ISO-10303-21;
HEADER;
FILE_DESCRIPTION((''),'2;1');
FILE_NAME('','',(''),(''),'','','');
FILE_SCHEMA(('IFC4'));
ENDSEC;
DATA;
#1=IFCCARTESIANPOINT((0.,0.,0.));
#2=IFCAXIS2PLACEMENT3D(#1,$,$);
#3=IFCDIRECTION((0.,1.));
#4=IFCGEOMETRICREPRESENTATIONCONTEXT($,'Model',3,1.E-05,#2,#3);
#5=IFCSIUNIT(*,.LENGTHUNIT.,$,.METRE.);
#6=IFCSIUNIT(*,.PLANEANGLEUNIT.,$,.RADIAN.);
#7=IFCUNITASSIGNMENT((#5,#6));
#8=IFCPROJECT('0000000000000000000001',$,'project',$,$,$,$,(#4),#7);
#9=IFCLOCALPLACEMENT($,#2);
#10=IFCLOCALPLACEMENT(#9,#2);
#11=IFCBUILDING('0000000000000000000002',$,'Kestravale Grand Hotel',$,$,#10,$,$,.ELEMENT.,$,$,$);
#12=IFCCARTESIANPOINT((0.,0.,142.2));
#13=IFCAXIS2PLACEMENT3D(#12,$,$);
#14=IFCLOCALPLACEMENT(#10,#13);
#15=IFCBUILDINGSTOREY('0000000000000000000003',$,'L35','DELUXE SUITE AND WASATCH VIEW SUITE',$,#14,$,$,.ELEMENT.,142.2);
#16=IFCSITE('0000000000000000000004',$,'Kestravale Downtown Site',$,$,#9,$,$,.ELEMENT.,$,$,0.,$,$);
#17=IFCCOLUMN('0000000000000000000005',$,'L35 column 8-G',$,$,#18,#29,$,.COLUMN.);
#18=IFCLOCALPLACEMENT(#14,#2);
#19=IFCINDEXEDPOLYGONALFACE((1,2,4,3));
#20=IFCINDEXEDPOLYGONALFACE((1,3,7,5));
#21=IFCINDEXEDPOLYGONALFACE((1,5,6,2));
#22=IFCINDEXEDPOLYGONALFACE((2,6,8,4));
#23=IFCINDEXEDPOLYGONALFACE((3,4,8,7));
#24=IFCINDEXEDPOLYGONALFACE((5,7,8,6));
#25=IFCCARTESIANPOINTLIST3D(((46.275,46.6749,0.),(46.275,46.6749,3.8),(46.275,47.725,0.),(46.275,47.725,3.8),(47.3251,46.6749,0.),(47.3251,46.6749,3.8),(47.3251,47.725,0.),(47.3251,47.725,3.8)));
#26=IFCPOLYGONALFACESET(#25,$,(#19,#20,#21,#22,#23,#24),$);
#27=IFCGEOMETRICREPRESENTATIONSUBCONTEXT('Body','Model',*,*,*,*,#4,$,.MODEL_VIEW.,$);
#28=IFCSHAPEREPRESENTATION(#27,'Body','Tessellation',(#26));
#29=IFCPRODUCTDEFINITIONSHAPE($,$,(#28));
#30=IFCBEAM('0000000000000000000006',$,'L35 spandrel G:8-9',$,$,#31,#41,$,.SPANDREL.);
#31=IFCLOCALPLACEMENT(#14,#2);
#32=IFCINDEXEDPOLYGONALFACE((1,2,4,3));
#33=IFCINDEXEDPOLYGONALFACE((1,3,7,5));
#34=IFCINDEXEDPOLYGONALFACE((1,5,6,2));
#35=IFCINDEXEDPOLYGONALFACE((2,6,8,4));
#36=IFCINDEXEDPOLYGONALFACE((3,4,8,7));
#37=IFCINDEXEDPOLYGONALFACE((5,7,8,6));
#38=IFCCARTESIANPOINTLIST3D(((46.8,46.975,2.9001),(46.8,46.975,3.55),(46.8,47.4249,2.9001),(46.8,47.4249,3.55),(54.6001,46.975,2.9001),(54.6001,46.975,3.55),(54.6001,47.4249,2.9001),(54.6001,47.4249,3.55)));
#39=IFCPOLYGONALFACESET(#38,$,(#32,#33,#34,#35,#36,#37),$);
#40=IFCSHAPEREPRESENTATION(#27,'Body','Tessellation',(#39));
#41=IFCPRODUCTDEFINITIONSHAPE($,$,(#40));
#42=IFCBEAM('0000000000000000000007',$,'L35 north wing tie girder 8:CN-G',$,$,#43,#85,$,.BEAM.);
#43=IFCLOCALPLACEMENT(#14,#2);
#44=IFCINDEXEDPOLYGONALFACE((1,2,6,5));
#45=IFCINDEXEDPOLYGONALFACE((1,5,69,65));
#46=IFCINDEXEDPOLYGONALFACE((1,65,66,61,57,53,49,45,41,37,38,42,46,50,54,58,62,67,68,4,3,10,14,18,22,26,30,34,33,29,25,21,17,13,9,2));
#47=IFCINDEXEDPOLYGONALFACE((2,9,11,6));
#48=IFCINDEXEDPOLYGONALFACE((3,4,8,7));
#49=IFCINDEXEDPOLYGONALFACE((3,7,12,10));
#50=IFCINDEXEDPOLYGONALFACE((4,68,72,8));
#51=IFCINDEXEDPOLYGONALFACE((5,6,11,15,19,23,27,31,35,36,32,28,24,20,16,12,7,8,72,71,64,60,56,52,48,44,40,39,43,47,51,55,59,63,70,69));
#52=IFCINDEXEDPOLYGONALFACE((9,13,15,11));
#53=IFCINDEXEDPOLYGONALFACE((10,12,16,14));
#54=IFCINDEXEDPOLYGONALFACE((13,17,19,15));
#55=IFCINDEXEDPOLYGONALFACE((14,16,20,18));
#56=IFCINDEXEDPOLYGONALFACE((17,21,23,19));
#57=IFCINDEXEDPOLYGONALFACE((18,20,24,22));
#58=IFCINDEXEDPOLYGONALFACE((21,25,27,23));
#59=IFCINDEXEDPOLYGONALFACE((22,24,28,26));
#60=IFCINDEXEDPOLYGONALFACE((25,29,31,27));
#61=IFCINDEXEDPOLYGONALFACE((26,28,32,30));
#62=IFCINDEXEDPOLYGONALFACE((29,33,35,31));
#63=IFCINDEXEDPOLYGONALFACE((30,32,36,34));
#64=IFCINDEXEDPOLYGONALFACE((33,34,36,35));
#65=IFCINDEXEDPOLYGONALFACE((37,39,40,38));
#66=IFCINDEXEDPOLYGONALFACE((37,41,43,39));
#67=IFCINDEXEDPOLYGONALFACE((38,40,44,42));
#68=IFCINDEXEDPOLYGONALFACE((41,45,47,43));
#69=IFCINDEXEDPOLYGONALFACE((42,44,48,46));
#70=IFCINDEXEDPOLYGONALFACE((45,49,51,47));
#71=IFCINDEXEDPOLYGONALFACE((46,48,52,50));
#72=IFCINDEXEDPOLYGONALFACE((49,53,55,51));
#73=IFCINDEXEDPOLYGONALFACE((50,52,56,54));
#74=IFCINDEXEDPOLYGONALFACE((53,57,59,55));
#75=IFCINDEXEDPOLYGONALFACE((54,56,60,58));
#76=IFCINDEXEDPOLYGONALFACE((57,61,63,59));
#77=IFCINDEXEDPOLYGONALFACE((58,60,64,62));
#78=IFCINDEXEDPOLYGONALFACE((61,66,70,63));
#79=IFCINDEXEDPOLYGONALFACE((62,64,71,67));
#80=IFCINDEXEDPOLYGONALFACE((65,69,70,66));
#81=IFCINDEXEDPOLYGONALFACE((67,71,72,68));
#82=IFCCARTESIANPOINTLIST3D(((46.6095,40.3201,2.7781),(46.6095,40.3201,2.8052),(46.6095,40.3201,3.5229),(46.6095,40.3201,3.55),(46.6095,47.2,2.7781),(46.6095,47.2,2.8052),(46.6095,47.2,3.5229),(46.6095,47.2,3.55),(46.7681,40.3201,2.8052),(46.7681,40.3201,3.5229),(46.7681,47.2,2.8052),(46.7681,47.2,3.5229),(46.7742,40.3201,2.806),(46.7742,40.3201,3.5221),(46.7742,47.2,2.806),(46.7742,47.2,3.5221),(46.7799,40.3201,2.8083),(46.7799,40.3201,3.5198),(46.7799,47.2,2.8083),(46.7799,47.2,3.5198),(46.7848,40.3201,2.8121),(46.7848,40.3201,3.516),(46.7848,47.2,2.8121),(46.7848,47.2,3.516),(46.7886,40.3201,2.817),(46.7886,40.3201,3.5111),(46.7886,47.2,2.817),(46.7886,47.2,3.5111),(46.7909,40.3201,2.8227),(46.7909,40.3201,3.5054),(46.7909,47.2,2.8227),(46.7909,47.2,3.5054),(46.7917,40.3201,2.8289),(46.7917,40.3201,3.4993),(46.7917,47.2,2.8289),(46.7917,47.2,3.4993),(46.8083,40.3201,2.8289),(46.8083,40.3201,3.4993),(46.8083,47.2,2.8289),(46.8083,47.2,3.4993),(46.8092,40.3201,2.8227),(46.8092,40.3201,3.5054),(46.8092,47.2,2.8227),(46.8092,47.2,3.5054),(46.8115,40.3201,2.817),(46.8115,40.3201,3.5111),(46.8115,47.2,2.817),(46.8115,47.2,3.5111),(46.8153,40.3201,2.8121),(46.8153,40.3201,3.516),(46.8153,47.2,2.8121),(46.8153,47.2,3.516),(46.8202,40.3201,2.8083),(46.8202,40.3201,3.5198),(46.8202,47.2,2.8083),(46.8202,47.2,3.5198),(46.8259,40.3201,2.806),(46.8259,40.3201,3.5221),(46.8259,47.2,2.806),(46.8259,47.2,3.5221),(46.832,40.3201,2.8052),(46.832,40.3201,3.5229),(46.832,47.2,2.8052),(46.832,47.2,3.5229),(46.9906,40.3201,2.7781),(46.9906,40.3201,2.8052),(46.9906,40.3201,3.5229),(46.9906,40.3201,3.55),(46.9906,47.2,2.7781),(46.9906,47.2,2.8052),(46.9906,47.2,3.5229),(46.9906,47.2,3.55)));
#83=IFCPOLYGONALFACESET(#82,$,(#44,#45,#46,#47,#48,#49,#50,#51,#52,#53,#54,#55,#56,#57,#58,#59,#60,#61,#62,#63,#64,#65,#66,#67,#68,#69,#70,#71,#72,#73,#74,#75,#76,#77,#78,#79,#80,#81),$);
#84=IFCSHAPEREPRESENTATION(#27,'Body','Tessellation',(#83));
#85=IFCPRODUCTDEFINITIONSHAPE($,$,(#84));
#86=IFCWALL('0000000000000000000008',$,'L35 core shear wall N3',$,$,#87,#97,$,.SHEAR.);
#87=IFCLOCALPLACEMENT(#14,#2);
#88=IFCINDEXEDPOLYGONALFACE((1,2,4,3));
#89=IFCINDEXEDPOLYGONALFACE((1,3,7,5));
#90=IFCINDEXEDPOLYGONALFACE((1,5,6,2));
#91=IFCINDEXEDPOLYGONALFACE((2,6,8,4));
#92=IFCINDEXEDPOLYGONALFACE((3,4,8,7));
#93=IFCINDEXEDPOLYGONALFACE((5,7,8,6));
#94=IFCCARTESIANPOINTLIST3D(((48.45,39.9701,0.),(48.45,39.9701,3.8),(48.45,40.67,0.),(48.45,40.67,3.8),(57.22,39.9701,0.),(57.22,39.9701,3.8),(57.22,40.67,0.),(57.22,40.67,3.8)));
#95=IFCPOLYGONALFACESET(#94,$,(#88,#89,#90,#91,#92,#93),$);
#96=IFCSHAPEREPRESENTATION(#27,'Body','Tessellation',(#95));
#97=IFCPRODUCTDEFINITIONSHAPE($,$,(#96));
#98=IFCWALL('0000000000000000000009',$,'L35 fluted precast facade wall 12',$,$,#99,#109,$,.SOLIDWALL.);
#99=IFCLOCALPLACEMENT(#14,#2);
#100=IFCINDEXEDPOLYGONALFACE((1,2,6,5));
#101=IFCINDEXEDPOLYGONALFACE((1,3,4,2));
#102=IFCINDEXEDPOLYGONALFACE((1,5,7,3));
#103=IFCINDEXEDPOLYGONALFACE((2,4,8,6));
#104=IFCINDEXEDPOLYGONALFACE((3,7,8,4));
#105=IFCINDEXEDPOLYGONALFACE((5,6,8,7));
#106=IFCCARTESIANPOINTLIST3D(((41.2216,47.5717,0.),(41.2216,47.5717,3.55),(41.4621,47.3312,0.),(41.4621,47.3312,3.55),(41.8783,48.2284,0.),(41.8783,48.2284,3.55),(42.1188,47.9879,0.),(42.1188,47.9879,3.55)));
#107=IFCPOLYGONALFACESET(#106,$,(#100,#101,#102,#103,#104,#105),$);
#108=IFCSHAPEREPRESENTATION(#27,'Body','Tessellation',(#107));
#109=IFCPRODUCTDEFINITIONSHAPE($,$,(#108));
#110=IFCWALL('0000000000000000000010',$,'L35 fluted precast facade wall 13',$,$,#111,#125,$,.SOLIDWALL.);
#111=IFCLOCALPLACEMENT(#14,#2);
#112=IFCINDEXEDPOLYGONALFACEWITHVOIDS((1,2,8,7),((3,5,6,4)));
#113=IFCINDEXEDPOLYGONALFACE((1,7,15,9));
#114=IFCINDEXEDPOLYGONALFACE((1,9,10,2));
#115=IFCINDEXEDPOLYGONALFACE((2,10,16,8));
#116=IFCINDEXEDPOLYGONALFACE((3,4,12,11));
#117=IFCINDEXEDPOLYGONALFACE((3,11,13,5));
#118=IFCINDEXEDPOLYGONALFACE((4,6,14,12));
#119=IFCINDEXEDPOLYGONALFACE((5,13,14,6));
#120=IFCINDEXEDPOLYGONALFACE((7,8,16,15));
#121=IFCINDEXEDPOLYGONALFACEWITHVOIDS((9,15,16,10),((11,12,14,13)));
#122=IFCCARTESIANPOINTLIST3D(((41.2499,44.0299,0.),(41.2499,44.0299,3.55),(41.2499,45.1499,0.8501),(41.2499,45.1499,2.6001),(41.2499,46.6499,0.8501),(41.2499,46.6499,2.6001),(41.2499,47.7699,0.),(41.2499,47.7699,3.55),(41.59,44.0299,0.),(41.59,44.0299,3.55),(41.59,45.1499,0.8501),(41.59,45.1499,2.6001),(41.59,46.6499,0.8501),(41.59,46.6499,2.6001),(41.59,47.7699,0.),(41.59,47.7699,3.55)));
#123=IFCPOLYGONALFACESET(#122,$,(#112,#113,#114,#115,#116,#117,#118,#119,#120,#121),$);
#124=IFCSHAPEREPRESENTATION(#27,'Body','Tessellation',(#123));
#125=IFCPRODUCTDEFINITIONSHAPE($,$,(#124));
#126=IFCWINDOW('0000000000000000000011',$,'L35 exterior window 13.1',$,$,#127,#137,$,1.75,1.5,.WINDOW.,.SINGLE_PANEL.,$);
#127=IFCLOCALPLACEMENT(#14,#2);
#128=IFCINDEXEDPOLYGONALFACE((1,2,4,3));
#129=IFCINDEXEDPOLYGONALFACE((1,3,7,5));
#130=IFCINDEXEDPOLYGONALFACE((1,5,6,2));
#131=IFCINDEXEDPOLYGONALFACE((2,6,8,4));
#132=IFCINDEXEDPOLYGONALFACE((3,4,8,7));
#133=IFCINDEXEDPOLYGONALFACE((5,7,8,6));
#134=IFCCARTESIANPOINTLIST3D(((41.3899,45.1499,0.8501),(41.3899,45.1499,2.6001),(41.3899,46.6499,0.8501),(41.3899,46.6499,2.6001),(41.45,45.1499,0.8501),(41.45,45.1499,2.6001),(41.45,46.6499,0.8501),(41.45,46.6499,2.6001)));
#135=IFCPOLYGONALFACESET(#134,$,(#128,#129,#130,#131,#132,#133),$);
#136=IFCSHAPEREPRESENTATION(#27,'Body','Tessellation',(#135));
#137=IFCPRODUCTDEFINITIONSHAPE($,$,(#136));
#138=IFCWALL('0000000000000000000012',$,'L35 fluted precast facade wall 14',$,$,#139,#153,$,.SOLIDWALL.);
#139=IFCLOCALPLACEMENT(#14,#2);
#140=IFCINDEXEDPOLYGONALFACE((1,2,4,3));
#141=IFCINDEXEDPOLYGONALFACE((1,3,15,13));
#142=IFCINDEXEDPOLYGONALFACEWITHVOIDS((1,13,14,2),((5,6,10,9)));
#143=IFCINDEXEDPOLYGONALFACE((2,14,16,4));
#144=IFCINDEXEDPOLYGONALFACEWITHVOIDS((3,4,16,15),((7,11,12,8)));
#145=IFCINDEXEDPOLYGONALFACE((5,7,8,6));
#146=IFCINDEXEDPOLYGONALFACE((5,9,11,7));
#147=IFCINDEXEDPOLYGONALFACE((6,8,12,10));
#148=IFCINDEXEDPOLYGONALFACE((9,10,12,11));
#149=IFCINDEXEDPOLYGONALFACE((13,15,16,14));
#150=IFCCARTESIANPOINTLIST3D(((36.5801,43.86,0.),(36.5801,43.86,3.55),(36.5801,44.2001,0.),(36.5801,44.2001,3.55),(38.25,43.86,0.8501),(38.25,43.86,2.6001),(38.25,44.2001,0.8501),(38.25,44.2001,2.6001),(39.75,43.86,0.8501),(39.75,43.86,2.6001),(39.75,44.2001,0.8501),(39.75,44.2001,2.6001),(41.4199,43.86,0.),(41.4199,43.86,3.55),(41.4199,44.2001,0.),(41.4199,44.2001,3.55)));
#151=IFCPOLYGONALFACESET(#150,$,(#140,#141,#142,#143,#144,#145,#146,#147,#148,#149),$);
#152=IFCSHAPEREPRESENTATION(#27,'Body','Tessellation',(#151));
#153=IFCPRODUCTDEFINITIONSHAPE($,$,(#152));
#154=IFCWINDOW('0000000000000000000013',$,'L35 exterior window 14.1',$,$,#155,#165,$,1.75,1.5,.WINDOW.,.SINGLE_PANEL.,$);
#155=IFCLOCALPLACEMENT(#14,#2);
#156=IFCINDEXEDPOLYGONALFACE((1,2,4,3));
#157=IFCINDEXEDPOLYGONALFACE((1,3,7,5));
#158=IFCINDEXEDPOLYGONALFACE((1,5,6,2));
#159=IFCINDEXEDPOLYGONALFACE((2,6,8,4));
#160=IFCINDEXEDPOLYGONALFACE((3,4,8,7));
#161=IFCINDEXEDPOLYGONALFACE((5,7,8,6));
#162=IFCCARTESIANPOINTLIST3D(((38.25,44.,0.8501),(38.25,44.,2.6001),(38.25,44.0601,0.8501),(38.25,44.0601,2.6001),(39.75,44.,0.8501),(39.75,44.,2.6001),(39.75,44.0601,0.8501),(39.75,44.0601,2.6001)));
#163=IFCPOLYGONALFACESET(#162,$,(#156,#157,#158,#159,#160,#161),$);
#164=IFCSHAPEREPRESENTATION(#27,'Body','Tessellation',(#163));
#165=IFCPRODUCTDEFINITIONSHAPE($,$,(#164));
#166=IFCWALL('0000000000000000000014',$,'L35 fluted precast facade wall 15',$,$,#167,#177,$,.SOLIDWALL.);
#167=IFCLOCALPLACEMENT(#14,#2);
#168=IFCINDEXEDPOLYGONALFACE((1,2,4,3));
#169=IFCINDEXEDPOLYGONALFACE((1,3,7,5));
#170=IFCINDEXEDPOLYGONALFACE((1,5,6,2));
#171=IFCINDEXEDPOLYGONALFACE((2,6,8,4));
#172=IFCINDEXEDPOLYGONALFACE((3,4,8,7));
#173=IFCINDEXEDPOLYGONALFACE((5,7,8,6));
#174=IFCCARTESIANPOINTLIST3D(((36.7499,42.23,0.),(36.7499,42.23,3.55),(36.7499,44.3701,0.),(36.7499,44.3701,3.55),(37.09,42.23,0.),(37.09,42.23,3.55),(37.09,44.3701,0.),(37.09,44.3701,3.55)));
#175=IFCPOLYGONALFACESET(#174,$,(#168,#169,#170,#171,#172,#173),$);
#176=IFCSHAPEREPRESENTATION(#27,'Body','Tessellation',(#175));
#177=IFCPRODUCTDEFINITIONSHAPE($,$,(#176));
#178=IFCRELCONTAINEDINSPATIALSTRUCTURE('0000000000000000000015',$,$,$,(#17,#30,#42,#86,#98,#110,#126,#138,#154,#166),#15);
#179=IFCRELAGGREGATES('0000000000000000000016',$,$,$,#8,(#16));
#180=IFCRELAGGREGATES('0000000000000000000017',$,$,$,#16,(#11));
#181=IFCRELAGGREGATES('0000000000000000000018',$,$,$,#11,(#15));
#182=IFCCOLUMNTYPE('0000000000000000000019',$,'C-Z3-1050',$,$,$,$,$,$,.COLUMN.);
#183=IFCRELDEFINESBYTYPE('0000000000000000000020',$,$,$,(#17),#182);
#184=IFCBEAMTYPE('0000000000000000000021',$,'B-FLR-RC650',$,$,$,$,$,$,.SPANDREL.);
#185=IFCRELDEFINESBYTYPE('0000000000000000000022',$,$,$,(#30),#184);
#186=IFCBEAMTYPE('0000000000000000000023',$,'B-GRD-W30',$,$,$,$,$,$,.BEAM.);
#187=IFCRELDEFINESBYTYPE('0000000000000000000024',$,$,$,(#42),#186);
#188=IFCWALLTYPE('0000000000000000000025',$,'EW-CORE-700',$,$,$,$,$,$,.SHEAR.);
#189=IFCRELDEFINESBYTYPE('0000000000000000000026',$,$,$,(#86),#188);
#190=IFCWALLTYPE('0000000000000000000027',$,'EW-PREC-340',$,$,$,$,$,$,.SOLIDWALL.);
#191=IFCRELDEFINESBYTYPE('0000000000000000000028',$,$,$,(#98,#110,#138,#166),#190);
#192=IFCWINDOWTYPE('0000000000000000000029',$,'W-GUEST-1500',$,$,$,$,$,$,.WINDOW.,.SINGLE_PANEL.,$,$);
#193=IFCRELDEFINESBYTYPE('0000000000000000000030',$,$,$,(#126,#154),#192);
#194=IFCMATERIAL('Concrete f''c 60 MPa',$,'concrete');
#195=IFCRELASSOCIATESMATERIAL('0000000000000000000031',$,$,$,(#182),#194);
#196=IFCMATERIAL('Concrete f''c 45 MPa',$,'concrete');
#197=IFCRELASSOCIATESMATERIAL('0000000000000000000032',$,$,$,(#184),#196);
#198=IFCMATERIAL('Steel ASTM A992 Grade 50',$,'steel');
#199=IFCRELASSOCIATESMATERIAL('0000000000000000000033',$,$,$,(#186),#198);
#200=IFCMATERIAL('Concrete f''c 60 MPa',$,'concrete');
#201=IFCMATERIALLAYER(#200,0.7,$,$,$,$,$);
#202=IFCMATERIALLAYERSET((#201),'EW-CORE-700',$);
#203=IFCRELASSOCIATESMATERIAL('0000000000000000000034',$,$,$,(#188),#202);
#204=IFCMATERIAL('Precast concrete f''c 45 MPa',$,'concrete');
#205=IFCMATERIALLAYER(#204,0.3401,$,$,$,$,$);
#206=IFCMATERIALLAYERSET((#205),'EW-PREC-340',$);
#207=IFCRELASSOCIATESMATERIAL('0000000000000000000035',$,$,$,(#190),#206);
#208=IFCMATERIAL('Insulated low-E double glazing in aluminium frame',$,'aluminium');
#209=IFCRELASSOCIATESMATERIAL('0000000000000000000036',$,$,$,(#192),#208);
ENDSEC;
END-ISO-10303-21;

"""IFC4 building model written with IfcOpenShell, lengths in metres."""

from ifc_helpers import new_model, si_unit, direction, frame, frame_2d, origin, origin_2d, place, context, subcontext, project, spatial, rectangle, i_section, extrude, material, layer, layer_set, material_profile, profile_set, type_object, element, fill, save


model = new_model("IFC4")

# Units and contexts
model_context = context("Model", 3, precision=1e-05, world=origin(), true_north=direction((0.0, 1.0)))
body_context = subcontext(model_context, "Body", "Model", "MODEL_VIEW")
ifc_project = project(units=[si_unit("LENGTHUNIT", "METRE"), si_unit("PLANEANGLEUNIT", "RADIAN")], contexts=[model_context])

# Site, building, storey
site_placement = place(None, origin())
site = spatial("IfcSite", under=ifc_project, at=site_placement, Name="Kestravale Downtown Site", CompositionType="ELEMENT", RefElevation=0.0)
building_placement = place(site_placement, origin())
building = spatial("IfcBuilding", under=site, at=building_placement, Name="Kestravale Grand Hotel", CompositionType="ELEMENT")
storey_placement = place(building_placement, frame((0.0, 0.0, 142.2)))
storey = spatial("IfcBuildingStorey", under=building, at=storey_placement, Name="L35", Description="DELUXE SUITE AND WASATCH VIEW SUITE", CompositionType="ELEMENT", Elevation=142.2)

# Column
ifc_material_1 = material(Name="Concrete f'c 60 MPa", Category="concrete")
ifc_material_profile_1 = material_profile(ifc_material_1, rectangle(XDim=1.05, YDim=1.05, at=origin_2d()))
ifc_profile_set_1 = profile_set([ifc_material_profile_1], Name="Concrete f'c 60 MPa")
column_type = type_object("IfcColumnType", Name="C-Z3-1050", PredefinedType="COLUMN", material=ifc_profile_set_1)
column_placement = place(storey_placement, frame((46.8, 47.2, 0.0), z_axis=(0.0, 0.0, 1.0), x_axis=(1.0, 0.0, 0.0)))
element("IfcColumn", 1, at=column_placement, inside=storey, type_object=column_type, Name="L35 column 8-G", PredefinedType="COLUMN", context=body_context, shape_type="SweptSolid", body=[
    extrude(rectangle(XDim=1.05, YDim=1.05, at=origin_2d()), origin(), (0.0, 0.0, 1.0), 3.8),
])

# Beams
ifc_material_2 = material(Name="Concrete f'c 45 MPa", Category="concrete")
ifc_material_profile_2 = material_profile(ifc_material_2, rectangle(XDim=0.45, YDim=0.6499, at=origin_2d()))
ifc_profile_set_2 = profile_set([ifc_material_profile_2], Name="Concrete f'c 45 MPa")
beam_type_1 = type_object("IfcBeamType", Name="B-FLR-RC650", PredefinedType="SPANDREL", material=ifc_profile_set_2)
beam_1_placement = place(storey_placement, frame((46.8, 47.2, 3.2251), z_axis=(1.0, 0.0, 0.0), x_axis=(0.0, 1.0, 0.0)))
element("IfcBeam", 2, at=beam_1_placement, inside=storey, type_object=beam_type_1, Name="L35 spandrel G:8-9", PredefinedType="SPANDREL", context=body_context, shape_type="SweptSolid", body=[
    extrude(rectangle(XDim=0.45, YDim=0.6499, at=origin_2d()), origin(), (0.0, 0.0, 1.0), 7.8),
])
ifc_material_3 = material(Name="Steel ASTM A992 Grade 50", Category="steel")
ifc_material_profile_3 = material_profile(ifc_material_3, i_section(OverallWidth=0.3811, OverallDepth=0.772, WebThickness=0.0166, FlangeThickness=0.0271, FilletRadius=0.0237, at=origin_2d()))
ifc_profile_set_3 = profile_set([ifc_material_profile_3], Name="Steel ASTM A992 Grade 50")
beam_type_2 = type_object("IfcBeamType", Name="B-GRD-W30", PredefinedType="BEAM", material=ifc_profile_set_3)
beam_2_placement = place(storey_placement, frame((46.8, 40.3201, 3.1641), z_axis=(0.0, 1.0, 0.0), x_axis=(-1.0, 0.0, 0.0)))
element("IfcBeam", 3, at=beam_2_placement, inside=storey, type_object=beam_type_2, Name="L35 north wing tie girder 8:CN-G", PredefinedType="BEAM", context=body_context, shape_type="SweptSolid", body=[
    extrude(i_section(OverallWidth=0.3811, OverallDepth=0.772, WebThickness=0.0166, FlangeThickness=0.0271, FilletRadius=0.0237, at=origin_2d()), origin(), (0.0, 0.0, 1.0), 6.8799),
])

# Walls
ifc_material_4 = material(Name="Concrete f'c 60 MPa", Category="concrete")
ifc_layer_1 = layer(ifc_material_4, 0.7)
ifc_layer_set_1 = layer_set([ifc_layer_1], Name="EW-CORE-700")
wall_type_1 = type_object("IfcWallType", Name="EW-CORE-700", PredefinedType="SHEAR", material=ifc_layer_set_1)
wall_1_placement = place(storey_placement, frame((48.45, 40.3201, 0.0), z_axis=(0.0, 0.0, 1.0), x_axis=(1.0, 0.0, 0.0)))
element("IfcWall", 4, at=wall_1_placement, inside=storey, type_object=wall_type_1, Name="L35 core shear wall N3", PredefinedType="SHEAR", context=body_context, shape_type="SweptSolid", body=[
    extrude(rectangle(XDim=8.77, YDim=0.7, at=frame_2d((4.385, 0.0))), origin(), (0.0, 0.0, 1.0), 3.8),
])
ifc_material_5 = material(Name="Precast concrete f'c 45 MPa", Category="concrete")
ifc_layer_2 = layer(ifc_material_5, 0.3401)
ifc_layer_set_2 = layer_set([ifc_layer_2], Name="EW-PREC-340")
wall_type_2 = type_object("IfcWallType", Name="EW-PREC-340", PredefinedType="SOLIDWALL", material=ifc_layer_set_2)
wall_2_placement = place(storey_placement, frame((41.9985, 48.1082, 0.0), z_axis=(0.0, 0.0, 1.0), x_axis=(-0.707107, -0.707107, 0.0)))
element("IfcWall", 5, at=wall_2_placement, inside=storey, type_object=wall_type_2, Name="L35 fluted precast facade wall 12", PredefinedType="SOLIDWALL", context=body_context, shape_type="SweptSolid", body=[
    extrude(rectangle(XDim=0.9287, YDim=0.3401, at=frame_2d((0.4644, 0.0))), origin(), (0.0, 0.0, 1.0), 3.55),
])

# Walls, openings, windows
wall_3_placement = place(storey_placement, frame((41.4199, 47.77, 0.0), z_axis=(0.0, 0.0, 1.0), x_axis=(0.0, -1.0, 0.0)))
wall_3 = element("IfcWall", 6, at=wall_3_placement, inside=storey, type_object=wall_type_2, Name="L35 fluted precast facade wall 13", PredefinedType="SOLIDWALL", context=body_context, shape_type="SweptSolid", body=[
    extrude(rectangle(XDim=3.74, YDim=0.3401, at=frame_2d((1.8701, 0.0))), origin(), (0.0, 0.0, 1.0), 3.55),
])
opening_1_placement = place(wall_3_placement, frame((1.1201, 0.0, 0.8501)))
opening_1 = element("IfcOpeningElement", 7, at=opening_1_placement, cuts=wall_3, PredefinedType="OPENING", context=body_context, shape_type="SweptSolid", body=[
    extrude(rectangle(XDim=1.5, YDim=1.75, at=frame_2d((0.75, 0.875))), frame((0.0, 0.1799, 0.0), z_axis=(0.0, -1.0, 0.0), x_axis=(1.0, 0.0, 0.0)), (0.0, 0.0, 1.0), 0.3601),
])
ifc_material_6 = material(Name="Insulated low-E double glazing in aluminium frame", Category="aluminium")
window_type = type_object("IfcWindowType", Name="W-GUEST-1500", PartitioningType="SINGLE_PANEL", PredefinedType="WINDOW", material=ifc_material_6)
window_1_placement = place(opening_1_placement, origin())
window_1 = element("IfcWindow", 8, at=window_1_placement, inside=storey, type_object=window_type, Name="L35 exterior window 13.1", OverallHeight=1.75, OverallWidth=1.5, PartitioningType="SINGLE_PANEL", PredefinedType="WINDOW", context=body_context, shape_type="SweptSolid", body=[
    extrude(rectangle(XDim=1.5, YDim=1.75, at=frame_2d((0.75, 0.875))), frame((0.0, 0.03, 0.0), z_axis=(0.0, -1.0, 0.0), x_axis=(1.0, 0.0, 0.0)), (0.0, 0.0, 1.0), 0.0601),
])
fill(opening_1, window_1)
wall_4_placement = place(storey_placement, frame((41.4199, 44.03, 0.0), z_axis=(0.0, 0.0, 1.0), x_axis=(-1.0, 0.0, 0.0)))
wall_4 = element("IfcWall", 9, at=wall_4_placement, inside=storey, type_object=wall_type_2, Name="L35 fluted precast facade wall 14", PredefinedType="SOLIDWALL", context=body_context, shape_type="SweptSolid", body=[
    extrude(rectangle(XDim=4.8398, YDim=0.3401, at=frame_2d((2.4199, 0.0))), origin(), (0.0, 0.0, 1.0), 3.55),
])
opening_2_placement = place(wall_4_placement, frame((1.6699, 0.0, 0.8501)))
opening_2 = element("IfcOpeningElement", 10, at=opening_2_placement, cuts=wall_4, PredefinedType="OPENING", context=body_context, shape_type="SweptSolid", body=[
    extrude(rectangle(XDim=1.5, YDim=1.75, at=frame_2d((0.75, 0.875))), frame((0.0, 0.1799, 0.0), z_axis=(0.0, -1.0, 0.0), x_axis=(1.0, 0.0, 0.0)), (0.0, 0.0, 1.0), 0.3601),
])
window_2_placement = place(opening_2_placement, origin())
window_2 = element("IfcWindow", 11, at=window_2_placement, inside=storey, type_object=window_type, Name="L35 exterior window 14.1", OverallHeight=1.75, OverallWidth=1.5, PartitioningType="SINGLE_PANEL", PredefinedType="WINDOW", context=body_context, shape_type="SweptSolid", body=[
    extrude(rectangle(XDim=1.5, YDim=1.75, at=frame_2d((0.75, 0.875))), frame((0.0, 0.03, 0.0), z_axis=(0.0, -1.0, 0.0), x_axis=(1.0, 0.0, 0.0)), (0.0, 0.0, 1.0), 0.0601),
])
fill(opening_2, window_2)

# Wall
wall_5_placement = place(storey_placement, frame((36.9199, 44.3701, 0.0), z_axis=(0.0, 0.0, 1.0), x_axis=(0.0, -1.0, 0.0)))
element("IfcWall", 12, at=wall_5_placement, inside=storey, type_object=wall_type_2, Name="L35 fluted precast facade wall 15", PredefinedType="SOLIDWALL", context=body_context, shape_type="SweptSolid", body=[
    extrude(rectangle(XDim=2.1401, YDim=0.3401, at=frame_2d((1.0701, 0.0))), origin(), (0.0, 0.0, 1.0), 3.55),
])

save(model, "model.ifc")
